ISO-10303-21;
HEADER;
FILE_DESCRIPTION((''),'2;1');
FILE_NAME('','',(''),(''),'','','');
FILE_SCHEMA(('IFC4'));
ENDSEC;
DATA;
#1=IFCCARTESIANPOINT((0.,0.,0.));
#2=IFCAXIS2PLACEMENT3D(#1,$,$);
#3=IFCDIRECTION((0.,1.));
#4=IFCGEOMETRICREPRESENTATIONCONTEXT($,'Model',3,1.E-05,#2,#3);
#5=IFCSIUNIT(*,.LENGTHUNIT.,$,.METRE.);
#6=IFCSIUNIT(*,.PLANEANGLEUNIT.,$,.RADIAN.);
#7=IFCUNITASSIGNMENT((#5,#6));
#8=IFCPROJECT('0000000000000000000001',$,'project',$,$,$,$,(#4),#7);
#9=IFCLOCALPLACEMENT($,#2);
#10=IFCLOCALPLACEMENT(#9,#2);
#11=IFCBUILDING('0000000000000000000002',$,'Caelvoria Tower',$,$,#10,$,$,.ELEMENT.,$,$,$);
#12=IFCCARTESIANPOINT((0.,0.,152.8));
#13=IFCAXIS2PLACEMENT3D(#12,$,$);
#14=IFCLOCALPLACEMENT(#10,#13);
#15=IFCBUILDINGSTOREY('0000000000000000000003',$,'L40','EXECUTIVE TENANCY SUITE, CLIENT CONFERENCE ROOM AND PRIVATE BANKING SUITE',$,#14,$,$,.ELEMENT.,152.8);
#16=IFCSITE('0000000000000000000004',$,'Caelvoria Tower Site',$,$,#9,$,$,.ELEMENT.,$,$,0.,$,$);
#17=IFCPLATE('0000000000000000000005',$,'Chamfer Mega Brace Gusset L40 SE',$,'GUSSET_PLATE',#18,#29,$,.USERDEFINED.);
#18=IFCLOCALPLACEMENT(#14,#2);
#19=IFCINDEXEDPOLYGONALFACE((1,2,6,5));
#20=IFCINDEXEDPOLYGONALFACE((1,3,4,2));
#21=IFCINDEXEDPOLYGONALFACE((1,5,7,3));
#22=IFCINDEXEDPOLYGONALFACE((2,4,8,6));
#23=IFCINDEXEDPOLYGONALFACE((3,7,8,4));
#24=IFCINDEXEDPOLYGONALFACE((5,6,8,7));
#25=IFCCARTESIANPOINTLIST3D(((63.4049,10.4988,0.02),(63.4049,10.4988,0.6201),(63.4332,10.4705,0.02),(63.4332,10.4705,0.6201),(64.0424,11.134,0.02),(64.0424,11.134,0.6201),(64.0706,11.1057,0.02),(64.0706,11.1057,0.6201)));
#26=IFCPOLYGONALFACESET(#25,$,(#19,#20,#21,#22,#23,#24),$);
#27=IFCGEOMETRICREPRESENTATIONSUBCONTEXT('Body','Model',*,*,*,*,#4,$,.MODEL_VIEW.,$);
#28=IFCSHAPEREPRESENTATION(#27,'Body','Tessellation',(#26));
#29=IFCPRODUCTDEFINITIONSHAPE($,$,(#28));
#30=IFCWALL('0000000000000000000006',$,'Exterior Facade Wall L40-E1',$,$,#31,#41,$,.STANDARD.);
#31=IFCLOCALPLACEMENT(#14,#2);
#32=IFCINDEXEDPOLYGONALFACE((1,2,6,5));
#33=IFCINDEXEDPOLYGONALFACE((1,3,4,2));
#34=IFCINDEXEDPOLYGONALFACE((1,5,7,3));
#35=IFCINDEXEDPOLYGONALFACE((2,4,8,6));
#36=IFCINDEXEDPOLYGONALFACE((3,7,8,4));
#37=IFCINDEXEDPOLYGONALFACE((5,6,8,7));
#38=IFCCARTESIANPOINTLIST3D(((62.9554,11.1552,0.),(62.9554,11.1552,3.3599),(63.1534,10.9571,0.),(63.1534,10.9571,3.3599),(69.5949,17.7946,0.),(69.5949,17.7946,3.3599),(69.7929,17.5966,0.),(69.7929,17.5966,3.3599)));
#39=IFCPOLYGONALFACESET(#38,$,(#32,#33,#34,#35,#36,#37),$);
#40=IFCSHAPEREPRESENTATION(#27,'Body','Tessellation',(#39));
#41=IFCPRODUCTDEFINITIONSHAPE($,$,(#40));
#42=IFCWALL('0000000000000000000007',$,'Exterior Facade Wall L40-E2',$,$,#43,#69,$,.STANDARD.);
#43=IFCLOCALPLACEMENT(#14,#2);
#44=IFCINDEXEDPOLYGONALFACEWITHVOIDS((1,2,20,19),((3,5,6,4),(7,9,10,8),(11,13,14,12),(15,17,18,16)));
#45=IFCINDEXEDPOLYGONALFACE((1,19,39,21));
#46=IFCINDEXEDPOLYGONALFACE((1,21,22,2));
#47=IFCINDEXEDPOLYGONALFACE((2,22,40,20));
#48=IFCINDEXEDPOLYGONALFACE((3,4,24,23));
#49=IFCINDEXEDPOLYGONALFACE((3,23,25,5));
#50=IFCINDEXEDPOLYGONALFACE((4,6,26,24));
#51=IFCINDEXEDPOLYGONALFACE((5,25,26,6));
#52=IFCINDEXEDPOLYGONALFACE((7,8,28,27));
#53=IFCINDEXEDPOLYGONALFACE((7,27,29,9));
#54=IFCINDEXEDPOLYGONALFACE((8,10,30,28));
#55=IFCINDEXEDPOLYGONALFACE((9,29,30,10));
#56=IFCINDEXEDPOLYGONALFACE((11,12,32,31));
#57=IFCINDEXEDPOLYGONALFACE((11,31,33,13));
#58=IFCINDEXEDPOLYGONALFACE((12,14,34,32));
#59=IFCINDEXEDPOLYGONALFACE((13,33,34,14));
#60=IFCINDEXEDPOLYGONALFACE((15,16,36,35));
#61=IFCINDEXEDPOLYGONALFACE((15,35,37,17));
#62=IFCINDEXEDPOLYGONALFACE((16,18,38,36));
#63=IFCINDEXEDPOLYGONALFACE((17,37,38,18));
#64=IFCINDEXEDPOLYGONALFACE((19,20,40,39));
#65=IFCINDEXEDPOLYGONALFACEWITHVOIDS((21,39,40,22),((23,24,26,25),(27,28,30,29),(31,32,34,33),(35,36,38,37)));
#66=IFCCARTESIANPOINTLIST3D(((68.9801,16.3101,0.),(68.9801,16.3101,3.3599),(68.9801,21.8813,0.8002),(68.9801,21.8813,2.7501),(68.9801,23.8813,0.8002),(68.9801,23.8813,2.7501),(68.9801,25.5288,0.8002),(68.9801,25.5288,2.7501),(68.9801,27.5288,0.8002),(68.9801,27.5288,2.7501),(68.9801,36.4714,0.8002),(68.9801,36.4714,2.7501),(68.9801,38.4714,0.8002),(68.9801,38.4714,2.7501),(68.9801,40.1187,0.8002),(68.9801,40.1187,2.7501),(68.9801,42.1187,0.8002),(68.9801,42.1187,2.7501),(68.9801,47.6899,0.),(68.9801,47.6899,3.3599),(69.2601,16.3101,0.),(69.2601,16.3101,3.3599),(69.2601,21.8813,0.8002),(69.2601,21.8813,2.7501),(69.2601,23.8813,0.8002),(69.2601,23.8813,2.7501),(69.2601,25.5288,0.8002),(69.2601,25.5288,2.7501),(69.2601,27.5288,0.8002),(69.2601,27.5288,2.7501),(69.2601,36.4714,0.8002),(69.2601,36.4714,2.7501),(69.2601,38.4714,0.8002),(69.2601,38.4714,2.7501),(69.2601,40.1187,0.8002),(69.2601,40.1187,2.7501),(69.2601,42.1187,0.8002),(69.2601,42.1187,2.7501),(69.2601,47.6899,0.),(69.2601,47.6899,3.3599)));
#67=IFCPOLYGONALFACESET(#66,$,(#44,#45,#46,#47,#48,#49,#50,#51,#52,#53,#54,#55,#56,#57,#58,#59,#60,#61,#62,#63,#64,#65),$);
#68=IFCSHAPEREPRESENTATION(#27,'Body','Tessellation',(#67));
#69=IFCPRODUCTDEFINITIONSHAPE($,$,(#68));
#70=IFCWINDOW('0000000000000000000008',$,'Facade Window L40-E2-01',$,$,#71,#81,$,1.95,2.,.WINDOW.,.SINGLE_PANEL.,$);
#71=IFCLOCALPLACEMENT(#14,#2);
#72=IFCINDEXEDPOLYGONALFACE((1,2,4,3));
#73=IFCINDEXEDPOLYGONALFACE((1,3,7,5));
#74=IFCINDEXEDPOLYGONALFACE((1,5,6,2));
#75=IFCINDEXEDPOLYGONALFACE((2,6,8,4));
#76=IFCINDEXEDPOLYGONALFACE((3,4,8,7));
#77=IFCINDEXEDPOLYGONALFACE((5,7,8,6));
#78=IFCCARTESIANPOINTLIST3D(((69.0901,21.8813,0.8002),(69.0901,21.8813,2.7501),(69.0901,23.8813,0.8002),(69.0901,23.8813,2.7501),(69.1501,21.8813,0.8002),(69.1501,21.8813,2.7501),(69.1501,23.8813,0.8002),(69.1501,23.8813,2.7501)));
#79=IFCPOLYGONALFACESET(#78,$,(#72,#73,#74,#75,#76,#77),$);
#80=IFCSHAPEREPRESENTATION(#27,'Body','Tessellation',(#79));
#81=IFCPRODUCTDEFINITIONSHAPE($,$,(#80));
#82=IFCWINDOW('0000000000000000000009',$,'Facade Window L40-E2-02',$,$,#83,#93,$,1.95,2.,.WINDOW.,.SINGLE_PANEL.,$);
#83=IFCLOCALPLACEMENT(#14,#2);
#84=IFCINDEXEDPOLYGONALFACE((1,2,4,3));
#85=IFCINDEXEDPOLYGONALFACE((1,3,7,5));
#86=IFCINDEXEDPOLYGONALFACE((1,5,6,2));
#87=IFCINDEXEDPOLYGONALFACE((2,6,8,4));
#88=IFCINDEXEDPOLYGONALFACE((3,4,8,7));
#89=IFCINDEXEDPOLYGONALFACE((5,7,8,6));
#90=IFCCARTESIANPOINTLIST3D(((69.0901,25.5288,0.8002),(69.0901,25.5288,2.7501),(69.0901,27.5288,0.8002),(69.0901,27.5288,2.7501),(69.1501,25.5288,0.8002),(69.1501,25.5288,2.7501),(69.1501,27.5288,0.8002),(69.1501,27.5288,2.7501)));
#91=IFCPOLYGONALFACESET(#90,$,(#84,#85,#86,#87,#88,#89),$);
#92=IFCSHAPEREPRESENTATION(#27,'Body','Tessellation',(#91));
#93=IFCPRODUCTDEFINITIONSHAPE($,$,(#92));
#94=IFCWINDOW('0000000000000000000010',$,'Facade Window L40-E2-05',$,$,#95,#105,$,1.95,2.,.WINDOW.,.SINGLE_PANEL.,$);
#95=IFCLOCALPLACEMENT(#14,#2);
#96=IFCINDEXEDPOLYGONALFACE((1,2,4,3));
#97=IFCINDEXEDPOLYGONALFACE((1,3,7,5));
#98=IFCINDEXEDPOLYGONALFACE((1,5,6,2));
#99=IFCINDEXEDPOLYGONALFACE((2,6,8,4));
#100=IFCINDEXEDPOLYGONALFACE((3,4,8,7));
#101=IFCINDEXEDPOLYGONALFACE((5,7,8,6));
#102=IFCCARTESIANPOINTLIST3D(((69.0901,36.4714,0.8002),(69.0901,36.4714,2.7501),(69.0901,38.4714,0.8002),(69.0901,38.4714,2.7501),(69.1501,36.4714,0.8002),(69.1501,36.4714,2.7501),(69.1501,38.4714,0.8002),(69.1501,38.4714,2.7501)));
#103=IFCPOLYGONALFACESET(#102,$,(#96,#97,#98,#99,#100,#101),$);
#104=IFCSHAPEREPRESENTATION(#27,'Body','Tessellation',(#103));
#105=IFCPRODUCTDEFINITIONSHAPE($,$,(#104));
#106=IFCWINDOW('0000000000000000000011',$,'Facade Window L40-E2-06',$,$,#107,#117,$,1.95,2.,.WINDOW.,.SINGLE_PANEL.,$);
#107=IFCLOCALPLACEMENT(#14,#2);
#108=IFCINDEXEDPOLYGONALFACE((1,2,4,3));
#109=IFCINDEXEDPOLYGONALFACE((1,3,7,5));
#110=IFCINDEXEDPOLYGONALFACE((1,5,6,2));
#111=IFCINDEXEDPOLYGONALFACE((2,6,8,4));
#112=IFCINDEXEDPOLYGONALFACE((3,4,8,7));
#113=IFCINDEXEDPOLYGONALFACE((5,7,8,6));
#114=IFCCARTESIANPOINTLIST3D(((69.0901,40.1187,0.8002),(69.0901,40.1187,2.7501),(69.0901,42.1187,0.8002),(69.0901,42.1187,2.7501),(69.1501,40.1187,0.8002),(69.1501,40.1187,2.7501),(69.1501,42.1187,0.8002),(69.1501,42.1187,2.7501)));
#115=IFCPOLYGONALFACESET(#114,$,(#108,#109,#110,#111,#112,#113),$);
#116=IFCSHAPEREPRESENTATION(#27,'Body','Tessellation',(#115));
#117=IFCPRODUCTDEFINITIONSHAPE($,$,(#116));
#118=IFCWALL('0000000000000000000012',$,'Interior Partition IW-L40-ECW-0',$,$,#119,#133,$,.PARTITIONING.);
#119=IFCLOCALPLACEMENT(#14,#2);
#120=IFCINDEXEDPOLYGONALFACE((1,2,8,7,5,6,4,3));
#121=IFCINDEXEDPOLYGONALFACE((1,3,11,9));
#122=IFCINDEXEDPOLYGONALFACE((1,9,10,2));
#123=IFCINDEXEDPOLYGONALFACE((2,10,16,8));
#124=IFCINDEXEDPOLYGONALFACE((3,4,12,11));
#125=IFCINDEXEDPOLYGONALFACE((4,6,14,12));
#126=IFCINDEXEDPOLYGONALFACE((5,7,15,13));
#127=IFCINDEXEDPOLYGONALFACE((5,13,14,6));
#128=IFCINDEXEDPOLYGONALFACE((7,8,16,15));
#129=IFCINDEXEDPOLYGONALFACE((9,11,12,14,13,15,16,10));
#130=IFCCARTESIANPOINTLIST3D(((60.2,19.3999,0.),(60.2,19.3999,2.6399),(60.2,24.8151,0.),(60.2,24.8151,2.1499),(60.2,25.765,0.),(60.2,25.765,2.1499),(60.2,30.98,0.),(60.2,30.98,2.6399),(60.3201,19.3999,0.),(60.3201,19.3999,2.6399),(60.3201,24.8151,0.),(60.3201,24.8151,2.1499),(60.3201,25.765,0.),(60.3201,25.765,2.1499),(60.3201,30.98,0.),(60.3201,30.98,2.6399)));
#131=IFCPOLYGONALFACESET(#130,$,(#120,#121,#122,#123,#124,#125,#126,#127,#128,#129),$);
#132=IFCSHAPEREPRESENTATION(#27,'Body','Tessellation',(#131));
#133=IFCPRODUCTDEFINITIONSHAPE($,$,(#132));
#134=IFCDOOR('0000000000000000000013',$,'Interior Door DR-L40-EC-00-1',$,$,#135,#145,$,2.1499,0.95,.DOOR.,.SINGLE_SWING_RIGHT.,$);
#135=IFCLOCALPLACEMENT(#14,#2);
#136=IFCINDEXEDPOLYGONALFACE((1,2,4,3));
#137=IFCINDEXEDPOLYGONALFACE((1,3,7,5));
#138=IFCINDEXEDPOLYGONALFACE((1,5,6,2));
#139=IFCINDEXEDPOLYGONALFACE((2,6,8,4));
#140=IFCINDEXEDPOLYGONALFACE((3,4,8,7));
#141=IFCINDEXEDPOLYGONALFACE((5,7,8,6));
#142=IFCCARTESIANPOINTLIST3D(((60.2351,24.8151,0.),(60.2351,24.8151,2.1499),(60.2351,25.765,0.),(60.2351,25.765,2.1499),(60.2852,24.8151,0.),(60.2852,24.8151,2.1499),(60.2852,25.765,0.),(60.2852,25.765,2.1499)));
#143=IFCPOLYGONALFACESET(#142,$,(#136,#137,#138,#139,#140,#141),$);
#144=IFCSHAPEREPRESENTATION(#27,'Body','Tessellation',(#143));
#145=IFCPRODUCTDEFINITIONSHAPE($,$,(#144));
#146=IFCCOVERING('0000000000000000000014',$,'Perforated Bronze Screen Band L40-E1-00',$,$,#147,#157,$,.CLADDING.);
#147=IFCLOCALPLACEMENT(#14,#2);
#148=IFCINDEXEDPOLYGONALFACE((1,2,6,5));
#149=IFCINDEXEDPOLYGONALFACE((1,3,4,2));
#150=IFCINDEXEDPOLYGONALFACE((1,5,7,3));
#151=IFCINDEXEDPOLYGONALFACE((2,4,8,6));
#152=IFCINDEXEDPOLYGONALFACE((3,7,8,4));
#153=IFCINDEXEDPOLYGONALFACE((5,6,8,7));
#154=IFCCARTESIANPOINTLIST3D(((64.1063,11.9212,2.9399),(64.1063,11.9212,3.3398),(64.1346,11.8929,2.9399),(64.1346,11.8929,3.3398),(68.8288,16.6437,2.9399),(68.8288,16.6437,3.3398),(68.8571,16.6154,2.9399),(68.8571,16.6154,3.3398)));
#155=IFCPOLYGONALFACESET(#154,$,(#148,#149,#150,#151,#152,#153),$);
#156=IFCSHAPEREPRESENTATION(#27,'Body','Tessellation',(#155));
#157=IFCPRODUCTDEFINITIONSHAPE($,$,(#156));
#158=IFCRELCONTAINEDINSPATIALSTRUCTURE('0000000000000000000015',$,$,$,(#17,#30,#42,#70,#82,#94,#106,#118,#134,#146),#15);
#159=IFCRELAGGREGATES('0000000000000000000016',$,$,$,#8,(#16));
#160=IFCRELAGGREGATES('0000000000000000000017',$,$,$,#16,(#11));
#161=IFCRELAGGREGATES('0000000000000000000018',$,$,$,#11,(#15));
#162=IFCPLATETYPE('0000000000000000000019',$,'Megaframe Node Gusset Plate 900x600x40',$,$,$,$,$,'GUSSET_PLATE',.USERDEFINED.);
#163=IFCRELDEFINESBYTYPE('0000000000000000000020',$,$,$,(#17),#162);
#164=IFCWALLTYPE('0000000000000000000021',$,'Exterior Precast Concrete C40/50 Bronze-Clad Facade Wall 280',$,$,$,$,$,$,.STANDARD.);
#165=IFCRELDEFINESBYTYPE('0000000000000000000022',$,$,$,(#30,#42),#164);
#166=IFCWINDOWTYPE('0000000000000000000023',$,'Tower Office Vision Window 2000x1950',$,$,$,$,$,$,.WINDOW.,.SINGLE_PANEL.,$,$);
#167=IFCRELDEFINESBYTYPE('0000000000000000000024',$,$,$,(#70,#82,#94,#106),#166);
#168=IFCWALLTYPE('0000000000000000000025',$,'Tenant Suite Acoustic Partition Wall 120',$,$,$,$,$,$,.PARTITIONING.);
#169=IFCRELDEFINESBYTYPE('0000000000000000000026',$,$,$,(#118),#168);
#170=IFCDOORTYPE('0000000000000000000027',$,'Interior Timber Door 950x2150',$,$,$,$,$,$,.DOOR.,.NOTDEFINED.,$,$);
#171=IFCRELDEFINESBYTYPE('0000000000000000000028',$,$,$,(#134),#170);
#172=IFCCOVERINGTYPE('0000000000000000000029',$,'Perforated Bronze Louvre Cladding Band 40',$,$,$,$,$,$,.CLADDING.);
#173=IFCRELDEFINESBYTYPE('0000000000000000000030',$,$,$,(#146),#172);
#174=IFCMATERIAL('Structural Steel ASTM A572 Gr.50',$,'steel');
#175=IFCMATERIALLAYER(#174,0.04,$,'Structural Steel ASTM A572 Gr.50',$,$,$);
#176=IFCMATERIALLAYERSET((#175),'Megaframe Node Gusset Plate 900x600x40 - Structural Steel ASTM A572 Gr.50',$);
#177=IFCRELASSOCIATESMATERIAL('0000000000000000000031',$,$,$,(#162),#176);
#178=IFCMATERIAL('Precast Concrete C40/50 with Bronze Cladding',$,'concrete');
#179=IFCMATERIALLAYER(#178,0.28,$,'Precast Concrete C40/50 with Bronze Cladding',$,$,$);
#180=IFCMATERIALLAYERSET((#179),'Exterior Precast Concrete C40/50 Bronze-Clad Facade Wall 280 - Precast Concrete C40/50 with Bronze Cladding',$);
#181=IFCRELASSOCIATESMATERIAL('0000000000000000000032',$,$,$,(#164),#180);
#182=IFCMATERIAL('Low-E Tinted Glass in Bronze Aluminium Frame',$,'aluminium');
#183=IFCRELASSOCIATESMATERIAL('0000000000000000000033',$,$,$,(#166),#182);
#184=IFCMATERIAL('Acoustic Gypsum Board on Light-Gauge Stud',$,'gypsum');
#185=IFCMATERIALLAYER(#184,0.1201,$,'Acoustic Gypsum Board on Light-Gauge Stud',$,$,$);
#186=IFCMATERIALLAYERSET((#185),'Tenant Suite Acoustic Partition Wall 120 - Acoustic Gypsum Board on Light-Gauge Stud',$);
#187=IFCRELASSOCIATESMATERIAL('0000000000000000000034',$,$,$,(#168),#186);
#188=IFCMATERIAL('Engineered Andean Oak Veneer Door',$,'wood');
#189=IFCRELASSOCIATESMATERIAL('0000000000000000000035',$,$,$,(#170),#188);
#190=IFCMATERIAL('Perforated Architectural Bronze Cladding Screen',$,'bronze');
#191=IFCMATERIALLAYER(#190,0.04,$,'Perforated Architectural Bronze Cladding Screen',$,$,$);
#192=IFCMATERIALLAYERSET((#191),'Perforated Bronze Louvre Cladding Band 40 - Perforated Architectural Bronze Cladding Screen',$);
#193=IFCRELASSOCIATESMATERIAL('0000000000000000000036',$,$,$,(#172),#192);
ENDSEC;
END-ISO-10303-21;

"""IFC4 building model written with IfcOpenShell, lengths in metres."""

from ifc_helpers import new_model, si_unit, direction, frame, frame_2d, origin, origin_2d, place, context, subcontext, project, spatial, rectangle, extrude, material, layer, layer_set, type_object, element, fill, save


model = new_model("IFC4")

# Units and contexts
model_context = context("Model", 3, precision=1e-05, world=origin(), true_north=direction((0.0, 1.0)))
body_context = subcontext(model_context, "Body", "Model", "MODEL_VIEW")
ifc_project = project(units=[si_unit("LENGTHUNIT", "METRE"), si_unit("PLANEANGLEUNIT", "RADIAN")], contexts=[model_context])

# Site, building, storey
site_placement = place(None, origin())
site = spatial("IfcSite", under=ifc_project, at=site_placement, Name="Caelvoria Tower Site", CompositionType="ELEMENT", RefElevation=0.0)
building_placement = place(site_placement, origin())
building = spatial("IfcBuilding", under=site, at=building_placement, Name="Caelvoria Tower", CompositionType="ELEMENT")
storey_placement = place(building_placement, frame((0.0, 0.0, 152.8)))
storey = spatial("IfcBuildingStorey", under=building, at=storey_placement, Name="L40", Description="EXECUTIVE TENANCY SUITE, CLIENT CONFERENCE ROOM AND PRIVATE BANKING SUITE", CompositionType="ELEMENT", Elevation=152.8)

# Shared definitions
ifc_material_1 = material(Name="Structural Steel ASTM A572 Gr.50", Category="steel")

# Plate
ifc_layer_1 = layer(ifc_material_1, 0.04, Name="Structural Steel ASTM A572 Gr.50")
ifc_layer_set_1 = layer_set([ifc_layer_1], Name="Megaframe Node Gusset Plate 900x600x40 - Structural Steel ASTM A572 Gr.50")
plate_type = type_object("IfcPlateType", Name="Megaframe Node Gusset Plate 900x600x40", ElementType="GUSSET_PLATE", PredefinedType="USERDEFINED", material=ifc_layer_set_1)
plate_placement = place(storey_placement, frame((63.7378, 10.8022, 0.02), z_axis=(0.0, 0.0, 1.0), x_axis=(0.708326, 0.705885, 0.0)))
element("IfcPlate", 1, at=plate_placement, inside=storey, type_object=plate_type, Name="Chamfer Mega Brace Gusset L40 SE", ObjectType="GUSSET_PLATE", PredefinedType="USERDEFINED", context=body_context, shape_type="SweptSolid", body=[
    extrude(rectangle(XDim=0.8999, YDim=0.04, at=origin_2d()), origin(), (0.0, 0.0, 1.0), 0.6001),
])

# Wall
ifc_material_2 = material(Name="Precast Concrete C40/50 with Bronze Cladding", Category="concrete")
ifc_layer_2 = layer(ifc_material_2, 0.28, Name="Precast Concrete C40/50 with Bronze Cladding")
ifc_layer_set_2 = layer_set([ifc_layer_2], Name="Exterior Precast Concrete C40/50 Bronze-Clad Facade Wall 280 - Precast Concrete C40/50 with Bronze Cladding")
wall_type_1 = type_object("IfcWallType", Name="Exterior Precast Concrete C40/50 Bronze-Clad Facade Wall 280", PredefinedType="STANDARD", material=ifc_layer_set_2)
wall_1_placement = place(storey_placement, frame((63.0544, 11.0562, 0.0), z_axis=(0.0, 0.0, 1.0), x_axis=(0.707107, 0.707107, 0.0)))
element("IfcWall", 2, at=wall_1_placement, inside=storey, type_object=wall_type_1, Name="Exterior Facade Wall L40-E1", PredefinedType="STANDARD", context=body_context, shape_type="SweptSolid", body=[
    extrude(rectangle(XDim=9.3896, YDim=0.28, at=frame_2d((4.6948, 0.0))), origin(), (0.0, 0.0, 1.0), 3.3599),
])

# Wall, openings, windows
wall_2_placement = place(storey_placement, frame((69.1201, 16.3101, 0.0), z_axis=(0.0, 0.0, 1.0), x_axis=(0.0, 1.0, 0.0)))
wall_2 = element("IfcWall", 3, at=wall_2_placement, inside=storey, type_object=wall_type_1, Name="Exterior Facade Wall L40-E2", PredefinedType="STANDARD", context=body_context, shape_type="SweptSolid", body=[
    extrude(rectangle(XDim=31.3799, YDim=0.28, at=frame_2d((15.6899, 0.0))), origin(), (0.0, 0.0, 1.0), 3.3599),
])
opening_1_placement = place(wall_2_placement, frame((5.5713, 0.0, 0.8)))
opening_1 = element("IfcOpeningElement", 4, at=opening_1_placement, cuts=wall_2, PredefinedType="OPENING", context=body_context, shape_type="SweptSolid", body=[
    extrude(rectangle(XDim=2.0, YDim=1.95, at=frame_2d((1.0, 0.9751))), frame((0.0, 0.1499, 0.0), z_axis=(0.0, -1.0, 0.0), x_axis=(1.0, 0.0, 0.0)), (0.0, 0.0, 1.0), 0.3),
])
opening_2_placement = place(wall_2_placement, frame((9.2188, 0.0, 0.8)))
opening_2 = element("IfcOpeningElement", 5, at=opening_2_placement, cuts=wall_2, PredefinedType="OPENING", context=body_context, shape_type="SweptSolid", body=[
    extrude(rectangle(XDim=2.0, YDim=1.95, at=frame_2d((1.0, 0.9751))), frame((0.0, 0.1499, 0.0), z_axis=(0.0, -1.0, 0.0), x_axis=(1.0, 0.0, 0.0)), (0.0, 0.0, 1.0), 0.3),
])
opening_3_placement = place(wall_2_placement, frame((20.1614, 0.0, 0.8)))
opening_3 = element("IfcOpeningElement", 6, at=opening_3_placement, cuts=wall_2, PredefinedType="OPENING", context=body_context, shape_type="SweptSolid", body=[
    extrude(rectangle(XDim=2.0, YDim=1.95, at=frame_2d((1.0, 0.9751))), frame((0.0, 0.1499, 0.0), z_axis=(0.0, -1.0, 0.0), x_axis=(1.0, 0.0, 0.0)), (0.0, 0.0, 1.0), 0.3),
])
opening_4_placement = place(wall_2_placement, frame((23.8086, 0.0, 0.8)))
opening_4 = element("IfcOpeningElement", 7, at=opening_4_placement, cuts=wall_2, PredefinedType="OPENING", context=body_context, shape_type="SweptSolid", body=[
    extrude(rectangle(XDim=2.0, YDim=1.95, at=frame_2d((1.0, 0.9751))), frame((0.0, 0.1499, 0.0), z_axis=(0.0, -1.0, 0.0), x_axis=(1.0, 0.0, 0.0)), (0.0, 0.0, 1.0), 0.3),
])
ifc_material_3 = material(Name="Low-E Tinted Glass in Bronze Aluminium Frame", Category="aluminium")
window_type = type_object("IfcWindowType", Name="Tower Office Vision Window 2000x1950", PartitioningType="SINGLE_PANEL", PredefinedType="WINDOW", material=ifc_material_3)
window_1_placement = place(opening_1_placement, origin())
window_1 = element("IfcWindow", 8, at=window_1_placement, inside=storey, type_object=window_type, Name="Facade Window L40-E2-01", OverallHeight=1.95, OverallWidth=2.0, PartitioningType="SINGLE_PANEL", PredefinedType="WINDOW", context=body_context, shape_type="SweptSolid", body=[
    extrude(rectangle(XDim=2.0, YDim=1.95, at=frame_2d((1.0, 0.9751))), frame((0.0, 0.03, 0.0), z_axis=(0.0, -1.0, 0.0), x_axis=(1.0, 0.0, 0.0)), (0.0, 0.0, 1.0), 0.0601),
])
fill(opening_1, window_1)
window_2_placement = place(opening_2_placement, origin())
window_2 = element("IfcWindow", 9, at=window_2_placement, inside=storey, type_object=window_type, Name="Facade Window L40-E2-02", OverallHeight=1.95, OverallWidth=2.0, PartitioningType="SINGLE_PANEL", PredefinedType="WINDOW", context=body_context, shape_type="SweptSolid", body=[
    extrude(rectangle(XDim=2.0, YDim=1.95, at=frame_2d((1.0, 0.9751))), frame((0.0, 0.03, 0.0), z_axis=(0.0, -1.0, 0.0), x_axis=(1.0, 0.0, 0.0)), (0.0, 0.0, 1.0), 0.0601),
])
fill(opening_2, window_2)
window_3_placement = place(opening_3_placement, origin())
window_3 = element("IfcWindow", 10, at=window_3_placement, inside=storey, type_object=window_type, Name="Facade Window L40-E2-05", OverallHeight=1.95, OverallWidth=2.0, PartitioningType="SINGLE_PANEL", PredefinedType="WINDOW", context=body_context, shape_type="SweptSolid", body=[
    extrude(rectangle(XDim=2.0, YDim=1.95, at=frame_2d((1.0, 0.9751))), frame((0.0, 0.03, 0.0), z_axis=(0.0, -1.0, 0.0), x_axis=(1.0, 0.0, 0.0)), (0.0, 0.0, 1.0), 0.0601),
])
fill(opening_3, window_3)
window_4_placement = place(opening_4_placement, origin())
window_4 = element("IfcWindow", 11, at=window_4_placement, inside=storey, type_object=window_type, Name="Facade Window L40-E2-06", OverallHeight=1.95, OverallWidth=2.0, PartitioningType="SINGLE_PANEL", PredefinedType="WINDOW", context=body_context, shape_type="SweptSolid", body=[
    extrude(rectangle(XDim=2.0, YDim=1.95, at=frame_2d((1.0, 0.9751))), frame((0.0, 0.03, 0.0), z_axis=(0.0, -1.0, 0.0), x_axis=(1.0, 0.0, 0.0)), (0.0, 0.0, 1.0), 0.0601),
])
fill(opening_4, window_4)

# Wall, opening, door
ifc_material_4 = material(Name="Acoustic Gypsum Board on Light-Gauge Stud", Category="gypsum")
ifc_layer_3 = layer(ifc_material_4, 0.1201, Name="Acoustic Gypsum Board on Light-Gauge Stud")
ifc_layer_set_3 = layer_set([ifc_layer_3], Name="Tenant Suite Acoustic Partition Wall 120 - Acoustic Gypsum Board on Light-Gauge Stud")
wall_type_2 = type_object("IfcWallType", Name="Tenant Suite Acoustic Partition Wall 120", PredefinedType="PARTITIONING", material=ifc_layer_set_3)
wall_3_placement = place(storey_placement, frame((60.26, 19.3999, 0.0), z_axis=(0.0, 0.0, 1.0), x_axis=(0.0, 1.0, 0.0)))
wall_3 = element("IfcWall", 12, at=wall_3_placement, inside=storey, type_object=wall_type_2, Name="Interior Partition IW-L40-ECW-0", PredefinedType="PARTITIONING", context=body_context, shape_type="SweptSolid", body=[
    extrude(rectangle(XDim=11.5801, YDim=0.1201, at=frame_2d((5.79, 0.0))), origin(), (0.0, 0.0, 1.0), 2.6399),
])
opening_5_placement = place(wall_3_placement, frame((5.415, 0.0, 0.0)))
opening_5 = element("IfcOpeningElement", 13, at=opening_5_placement, cuts=wall_3, PredefinedType="OPENING", context=body_context, shape_type="SweptSolid", body=[
    extrude(rectangle(XDim=0.95, YDim=2.1499, at=frame_2d((0.4751, 1.075))), frame((0.0, 0.0701, 0.0), z_axis=(0.0, -1.0, 0.0), x_axis=(1.0, 0.0, 0.0)), (0.0, 0.0, 1.0), 0.1401),
])
ifc_material_5 = material(Name="Engineered Andean Oak Veneer Door", Category="wood")
door_type = type_object("IfcDoorType", Name="Interior Timber Door 950x2150", OperationType="NOTDEFINED", PredefinedType="DOOR", material=ifc_material_5)
door_placement = place(opening_5_placement, origin())
door = element("IfcDoor", 14, at=door_placement, inside=storey, type_object=door_type, Name="Interior Door DR-L40-EC-00-1", OperationType="SINGLE_SWING_RIGHT", OverallHeight=2.1499, OverallWidth=0.95, PredefinedType="DOOR", context=body_context, shape_type="SweptSolid", body=[
    extrude(rectangle(XDim=0.95, YDim=2.1499, at=frame_2d((0.4751, 1.075))), frame((0.0, 0.0249, 0.0), z_axis=(0.0, -1.0, 0.0), x_axis=(1.0, 0.0, 0.0)), (0.0, 0.0, 1.0), 0.05),
])
fill(opening_5, door)

# Covering
ifc_material_6 = material(Name="Perforated Architectural Bronze Cladding Screen", Category="bronze")
ifc_layer_4 = layer(ifc_material_6, 0.04, Name="Perforated Architectural Bronze Cladding Screen")
ifc_layer_set_4 = layer_set([ifc_layer_4], Name="Perforated Bronze Louvre Cladding Band 40 - Perforated Architectural Bronze Cladding Screen")
covering_type = type_object("IfcCoveringType", Name="Perforated Bronze Louvre Cladding Band 40", PredefinedType="CLADDING", material=ifc_layer_set_4)
covering_placement = place(storey_placement, frame((66.4817, 14.2683, 2.9399), z_axis=(0.0, 0.0, 1.0), x_axis=(0.707107, 0.707107, 0.0)))
element("IfcCovering", 15, at=covering_placement, inside=storey, type_object=covering_type, Name="Perforated Bronze Screen Band L40-E1-00", PredefinedType="CLADDING", context=body_context, shape_type="SweptSolid", body=[
    extrude(rectangle(XDim=6.6787, YDim=0.04, at=origin_2d()), origin(), (0.0, 0.0, 1.0), 0.3999),
])

save(model, "model.ifc")
